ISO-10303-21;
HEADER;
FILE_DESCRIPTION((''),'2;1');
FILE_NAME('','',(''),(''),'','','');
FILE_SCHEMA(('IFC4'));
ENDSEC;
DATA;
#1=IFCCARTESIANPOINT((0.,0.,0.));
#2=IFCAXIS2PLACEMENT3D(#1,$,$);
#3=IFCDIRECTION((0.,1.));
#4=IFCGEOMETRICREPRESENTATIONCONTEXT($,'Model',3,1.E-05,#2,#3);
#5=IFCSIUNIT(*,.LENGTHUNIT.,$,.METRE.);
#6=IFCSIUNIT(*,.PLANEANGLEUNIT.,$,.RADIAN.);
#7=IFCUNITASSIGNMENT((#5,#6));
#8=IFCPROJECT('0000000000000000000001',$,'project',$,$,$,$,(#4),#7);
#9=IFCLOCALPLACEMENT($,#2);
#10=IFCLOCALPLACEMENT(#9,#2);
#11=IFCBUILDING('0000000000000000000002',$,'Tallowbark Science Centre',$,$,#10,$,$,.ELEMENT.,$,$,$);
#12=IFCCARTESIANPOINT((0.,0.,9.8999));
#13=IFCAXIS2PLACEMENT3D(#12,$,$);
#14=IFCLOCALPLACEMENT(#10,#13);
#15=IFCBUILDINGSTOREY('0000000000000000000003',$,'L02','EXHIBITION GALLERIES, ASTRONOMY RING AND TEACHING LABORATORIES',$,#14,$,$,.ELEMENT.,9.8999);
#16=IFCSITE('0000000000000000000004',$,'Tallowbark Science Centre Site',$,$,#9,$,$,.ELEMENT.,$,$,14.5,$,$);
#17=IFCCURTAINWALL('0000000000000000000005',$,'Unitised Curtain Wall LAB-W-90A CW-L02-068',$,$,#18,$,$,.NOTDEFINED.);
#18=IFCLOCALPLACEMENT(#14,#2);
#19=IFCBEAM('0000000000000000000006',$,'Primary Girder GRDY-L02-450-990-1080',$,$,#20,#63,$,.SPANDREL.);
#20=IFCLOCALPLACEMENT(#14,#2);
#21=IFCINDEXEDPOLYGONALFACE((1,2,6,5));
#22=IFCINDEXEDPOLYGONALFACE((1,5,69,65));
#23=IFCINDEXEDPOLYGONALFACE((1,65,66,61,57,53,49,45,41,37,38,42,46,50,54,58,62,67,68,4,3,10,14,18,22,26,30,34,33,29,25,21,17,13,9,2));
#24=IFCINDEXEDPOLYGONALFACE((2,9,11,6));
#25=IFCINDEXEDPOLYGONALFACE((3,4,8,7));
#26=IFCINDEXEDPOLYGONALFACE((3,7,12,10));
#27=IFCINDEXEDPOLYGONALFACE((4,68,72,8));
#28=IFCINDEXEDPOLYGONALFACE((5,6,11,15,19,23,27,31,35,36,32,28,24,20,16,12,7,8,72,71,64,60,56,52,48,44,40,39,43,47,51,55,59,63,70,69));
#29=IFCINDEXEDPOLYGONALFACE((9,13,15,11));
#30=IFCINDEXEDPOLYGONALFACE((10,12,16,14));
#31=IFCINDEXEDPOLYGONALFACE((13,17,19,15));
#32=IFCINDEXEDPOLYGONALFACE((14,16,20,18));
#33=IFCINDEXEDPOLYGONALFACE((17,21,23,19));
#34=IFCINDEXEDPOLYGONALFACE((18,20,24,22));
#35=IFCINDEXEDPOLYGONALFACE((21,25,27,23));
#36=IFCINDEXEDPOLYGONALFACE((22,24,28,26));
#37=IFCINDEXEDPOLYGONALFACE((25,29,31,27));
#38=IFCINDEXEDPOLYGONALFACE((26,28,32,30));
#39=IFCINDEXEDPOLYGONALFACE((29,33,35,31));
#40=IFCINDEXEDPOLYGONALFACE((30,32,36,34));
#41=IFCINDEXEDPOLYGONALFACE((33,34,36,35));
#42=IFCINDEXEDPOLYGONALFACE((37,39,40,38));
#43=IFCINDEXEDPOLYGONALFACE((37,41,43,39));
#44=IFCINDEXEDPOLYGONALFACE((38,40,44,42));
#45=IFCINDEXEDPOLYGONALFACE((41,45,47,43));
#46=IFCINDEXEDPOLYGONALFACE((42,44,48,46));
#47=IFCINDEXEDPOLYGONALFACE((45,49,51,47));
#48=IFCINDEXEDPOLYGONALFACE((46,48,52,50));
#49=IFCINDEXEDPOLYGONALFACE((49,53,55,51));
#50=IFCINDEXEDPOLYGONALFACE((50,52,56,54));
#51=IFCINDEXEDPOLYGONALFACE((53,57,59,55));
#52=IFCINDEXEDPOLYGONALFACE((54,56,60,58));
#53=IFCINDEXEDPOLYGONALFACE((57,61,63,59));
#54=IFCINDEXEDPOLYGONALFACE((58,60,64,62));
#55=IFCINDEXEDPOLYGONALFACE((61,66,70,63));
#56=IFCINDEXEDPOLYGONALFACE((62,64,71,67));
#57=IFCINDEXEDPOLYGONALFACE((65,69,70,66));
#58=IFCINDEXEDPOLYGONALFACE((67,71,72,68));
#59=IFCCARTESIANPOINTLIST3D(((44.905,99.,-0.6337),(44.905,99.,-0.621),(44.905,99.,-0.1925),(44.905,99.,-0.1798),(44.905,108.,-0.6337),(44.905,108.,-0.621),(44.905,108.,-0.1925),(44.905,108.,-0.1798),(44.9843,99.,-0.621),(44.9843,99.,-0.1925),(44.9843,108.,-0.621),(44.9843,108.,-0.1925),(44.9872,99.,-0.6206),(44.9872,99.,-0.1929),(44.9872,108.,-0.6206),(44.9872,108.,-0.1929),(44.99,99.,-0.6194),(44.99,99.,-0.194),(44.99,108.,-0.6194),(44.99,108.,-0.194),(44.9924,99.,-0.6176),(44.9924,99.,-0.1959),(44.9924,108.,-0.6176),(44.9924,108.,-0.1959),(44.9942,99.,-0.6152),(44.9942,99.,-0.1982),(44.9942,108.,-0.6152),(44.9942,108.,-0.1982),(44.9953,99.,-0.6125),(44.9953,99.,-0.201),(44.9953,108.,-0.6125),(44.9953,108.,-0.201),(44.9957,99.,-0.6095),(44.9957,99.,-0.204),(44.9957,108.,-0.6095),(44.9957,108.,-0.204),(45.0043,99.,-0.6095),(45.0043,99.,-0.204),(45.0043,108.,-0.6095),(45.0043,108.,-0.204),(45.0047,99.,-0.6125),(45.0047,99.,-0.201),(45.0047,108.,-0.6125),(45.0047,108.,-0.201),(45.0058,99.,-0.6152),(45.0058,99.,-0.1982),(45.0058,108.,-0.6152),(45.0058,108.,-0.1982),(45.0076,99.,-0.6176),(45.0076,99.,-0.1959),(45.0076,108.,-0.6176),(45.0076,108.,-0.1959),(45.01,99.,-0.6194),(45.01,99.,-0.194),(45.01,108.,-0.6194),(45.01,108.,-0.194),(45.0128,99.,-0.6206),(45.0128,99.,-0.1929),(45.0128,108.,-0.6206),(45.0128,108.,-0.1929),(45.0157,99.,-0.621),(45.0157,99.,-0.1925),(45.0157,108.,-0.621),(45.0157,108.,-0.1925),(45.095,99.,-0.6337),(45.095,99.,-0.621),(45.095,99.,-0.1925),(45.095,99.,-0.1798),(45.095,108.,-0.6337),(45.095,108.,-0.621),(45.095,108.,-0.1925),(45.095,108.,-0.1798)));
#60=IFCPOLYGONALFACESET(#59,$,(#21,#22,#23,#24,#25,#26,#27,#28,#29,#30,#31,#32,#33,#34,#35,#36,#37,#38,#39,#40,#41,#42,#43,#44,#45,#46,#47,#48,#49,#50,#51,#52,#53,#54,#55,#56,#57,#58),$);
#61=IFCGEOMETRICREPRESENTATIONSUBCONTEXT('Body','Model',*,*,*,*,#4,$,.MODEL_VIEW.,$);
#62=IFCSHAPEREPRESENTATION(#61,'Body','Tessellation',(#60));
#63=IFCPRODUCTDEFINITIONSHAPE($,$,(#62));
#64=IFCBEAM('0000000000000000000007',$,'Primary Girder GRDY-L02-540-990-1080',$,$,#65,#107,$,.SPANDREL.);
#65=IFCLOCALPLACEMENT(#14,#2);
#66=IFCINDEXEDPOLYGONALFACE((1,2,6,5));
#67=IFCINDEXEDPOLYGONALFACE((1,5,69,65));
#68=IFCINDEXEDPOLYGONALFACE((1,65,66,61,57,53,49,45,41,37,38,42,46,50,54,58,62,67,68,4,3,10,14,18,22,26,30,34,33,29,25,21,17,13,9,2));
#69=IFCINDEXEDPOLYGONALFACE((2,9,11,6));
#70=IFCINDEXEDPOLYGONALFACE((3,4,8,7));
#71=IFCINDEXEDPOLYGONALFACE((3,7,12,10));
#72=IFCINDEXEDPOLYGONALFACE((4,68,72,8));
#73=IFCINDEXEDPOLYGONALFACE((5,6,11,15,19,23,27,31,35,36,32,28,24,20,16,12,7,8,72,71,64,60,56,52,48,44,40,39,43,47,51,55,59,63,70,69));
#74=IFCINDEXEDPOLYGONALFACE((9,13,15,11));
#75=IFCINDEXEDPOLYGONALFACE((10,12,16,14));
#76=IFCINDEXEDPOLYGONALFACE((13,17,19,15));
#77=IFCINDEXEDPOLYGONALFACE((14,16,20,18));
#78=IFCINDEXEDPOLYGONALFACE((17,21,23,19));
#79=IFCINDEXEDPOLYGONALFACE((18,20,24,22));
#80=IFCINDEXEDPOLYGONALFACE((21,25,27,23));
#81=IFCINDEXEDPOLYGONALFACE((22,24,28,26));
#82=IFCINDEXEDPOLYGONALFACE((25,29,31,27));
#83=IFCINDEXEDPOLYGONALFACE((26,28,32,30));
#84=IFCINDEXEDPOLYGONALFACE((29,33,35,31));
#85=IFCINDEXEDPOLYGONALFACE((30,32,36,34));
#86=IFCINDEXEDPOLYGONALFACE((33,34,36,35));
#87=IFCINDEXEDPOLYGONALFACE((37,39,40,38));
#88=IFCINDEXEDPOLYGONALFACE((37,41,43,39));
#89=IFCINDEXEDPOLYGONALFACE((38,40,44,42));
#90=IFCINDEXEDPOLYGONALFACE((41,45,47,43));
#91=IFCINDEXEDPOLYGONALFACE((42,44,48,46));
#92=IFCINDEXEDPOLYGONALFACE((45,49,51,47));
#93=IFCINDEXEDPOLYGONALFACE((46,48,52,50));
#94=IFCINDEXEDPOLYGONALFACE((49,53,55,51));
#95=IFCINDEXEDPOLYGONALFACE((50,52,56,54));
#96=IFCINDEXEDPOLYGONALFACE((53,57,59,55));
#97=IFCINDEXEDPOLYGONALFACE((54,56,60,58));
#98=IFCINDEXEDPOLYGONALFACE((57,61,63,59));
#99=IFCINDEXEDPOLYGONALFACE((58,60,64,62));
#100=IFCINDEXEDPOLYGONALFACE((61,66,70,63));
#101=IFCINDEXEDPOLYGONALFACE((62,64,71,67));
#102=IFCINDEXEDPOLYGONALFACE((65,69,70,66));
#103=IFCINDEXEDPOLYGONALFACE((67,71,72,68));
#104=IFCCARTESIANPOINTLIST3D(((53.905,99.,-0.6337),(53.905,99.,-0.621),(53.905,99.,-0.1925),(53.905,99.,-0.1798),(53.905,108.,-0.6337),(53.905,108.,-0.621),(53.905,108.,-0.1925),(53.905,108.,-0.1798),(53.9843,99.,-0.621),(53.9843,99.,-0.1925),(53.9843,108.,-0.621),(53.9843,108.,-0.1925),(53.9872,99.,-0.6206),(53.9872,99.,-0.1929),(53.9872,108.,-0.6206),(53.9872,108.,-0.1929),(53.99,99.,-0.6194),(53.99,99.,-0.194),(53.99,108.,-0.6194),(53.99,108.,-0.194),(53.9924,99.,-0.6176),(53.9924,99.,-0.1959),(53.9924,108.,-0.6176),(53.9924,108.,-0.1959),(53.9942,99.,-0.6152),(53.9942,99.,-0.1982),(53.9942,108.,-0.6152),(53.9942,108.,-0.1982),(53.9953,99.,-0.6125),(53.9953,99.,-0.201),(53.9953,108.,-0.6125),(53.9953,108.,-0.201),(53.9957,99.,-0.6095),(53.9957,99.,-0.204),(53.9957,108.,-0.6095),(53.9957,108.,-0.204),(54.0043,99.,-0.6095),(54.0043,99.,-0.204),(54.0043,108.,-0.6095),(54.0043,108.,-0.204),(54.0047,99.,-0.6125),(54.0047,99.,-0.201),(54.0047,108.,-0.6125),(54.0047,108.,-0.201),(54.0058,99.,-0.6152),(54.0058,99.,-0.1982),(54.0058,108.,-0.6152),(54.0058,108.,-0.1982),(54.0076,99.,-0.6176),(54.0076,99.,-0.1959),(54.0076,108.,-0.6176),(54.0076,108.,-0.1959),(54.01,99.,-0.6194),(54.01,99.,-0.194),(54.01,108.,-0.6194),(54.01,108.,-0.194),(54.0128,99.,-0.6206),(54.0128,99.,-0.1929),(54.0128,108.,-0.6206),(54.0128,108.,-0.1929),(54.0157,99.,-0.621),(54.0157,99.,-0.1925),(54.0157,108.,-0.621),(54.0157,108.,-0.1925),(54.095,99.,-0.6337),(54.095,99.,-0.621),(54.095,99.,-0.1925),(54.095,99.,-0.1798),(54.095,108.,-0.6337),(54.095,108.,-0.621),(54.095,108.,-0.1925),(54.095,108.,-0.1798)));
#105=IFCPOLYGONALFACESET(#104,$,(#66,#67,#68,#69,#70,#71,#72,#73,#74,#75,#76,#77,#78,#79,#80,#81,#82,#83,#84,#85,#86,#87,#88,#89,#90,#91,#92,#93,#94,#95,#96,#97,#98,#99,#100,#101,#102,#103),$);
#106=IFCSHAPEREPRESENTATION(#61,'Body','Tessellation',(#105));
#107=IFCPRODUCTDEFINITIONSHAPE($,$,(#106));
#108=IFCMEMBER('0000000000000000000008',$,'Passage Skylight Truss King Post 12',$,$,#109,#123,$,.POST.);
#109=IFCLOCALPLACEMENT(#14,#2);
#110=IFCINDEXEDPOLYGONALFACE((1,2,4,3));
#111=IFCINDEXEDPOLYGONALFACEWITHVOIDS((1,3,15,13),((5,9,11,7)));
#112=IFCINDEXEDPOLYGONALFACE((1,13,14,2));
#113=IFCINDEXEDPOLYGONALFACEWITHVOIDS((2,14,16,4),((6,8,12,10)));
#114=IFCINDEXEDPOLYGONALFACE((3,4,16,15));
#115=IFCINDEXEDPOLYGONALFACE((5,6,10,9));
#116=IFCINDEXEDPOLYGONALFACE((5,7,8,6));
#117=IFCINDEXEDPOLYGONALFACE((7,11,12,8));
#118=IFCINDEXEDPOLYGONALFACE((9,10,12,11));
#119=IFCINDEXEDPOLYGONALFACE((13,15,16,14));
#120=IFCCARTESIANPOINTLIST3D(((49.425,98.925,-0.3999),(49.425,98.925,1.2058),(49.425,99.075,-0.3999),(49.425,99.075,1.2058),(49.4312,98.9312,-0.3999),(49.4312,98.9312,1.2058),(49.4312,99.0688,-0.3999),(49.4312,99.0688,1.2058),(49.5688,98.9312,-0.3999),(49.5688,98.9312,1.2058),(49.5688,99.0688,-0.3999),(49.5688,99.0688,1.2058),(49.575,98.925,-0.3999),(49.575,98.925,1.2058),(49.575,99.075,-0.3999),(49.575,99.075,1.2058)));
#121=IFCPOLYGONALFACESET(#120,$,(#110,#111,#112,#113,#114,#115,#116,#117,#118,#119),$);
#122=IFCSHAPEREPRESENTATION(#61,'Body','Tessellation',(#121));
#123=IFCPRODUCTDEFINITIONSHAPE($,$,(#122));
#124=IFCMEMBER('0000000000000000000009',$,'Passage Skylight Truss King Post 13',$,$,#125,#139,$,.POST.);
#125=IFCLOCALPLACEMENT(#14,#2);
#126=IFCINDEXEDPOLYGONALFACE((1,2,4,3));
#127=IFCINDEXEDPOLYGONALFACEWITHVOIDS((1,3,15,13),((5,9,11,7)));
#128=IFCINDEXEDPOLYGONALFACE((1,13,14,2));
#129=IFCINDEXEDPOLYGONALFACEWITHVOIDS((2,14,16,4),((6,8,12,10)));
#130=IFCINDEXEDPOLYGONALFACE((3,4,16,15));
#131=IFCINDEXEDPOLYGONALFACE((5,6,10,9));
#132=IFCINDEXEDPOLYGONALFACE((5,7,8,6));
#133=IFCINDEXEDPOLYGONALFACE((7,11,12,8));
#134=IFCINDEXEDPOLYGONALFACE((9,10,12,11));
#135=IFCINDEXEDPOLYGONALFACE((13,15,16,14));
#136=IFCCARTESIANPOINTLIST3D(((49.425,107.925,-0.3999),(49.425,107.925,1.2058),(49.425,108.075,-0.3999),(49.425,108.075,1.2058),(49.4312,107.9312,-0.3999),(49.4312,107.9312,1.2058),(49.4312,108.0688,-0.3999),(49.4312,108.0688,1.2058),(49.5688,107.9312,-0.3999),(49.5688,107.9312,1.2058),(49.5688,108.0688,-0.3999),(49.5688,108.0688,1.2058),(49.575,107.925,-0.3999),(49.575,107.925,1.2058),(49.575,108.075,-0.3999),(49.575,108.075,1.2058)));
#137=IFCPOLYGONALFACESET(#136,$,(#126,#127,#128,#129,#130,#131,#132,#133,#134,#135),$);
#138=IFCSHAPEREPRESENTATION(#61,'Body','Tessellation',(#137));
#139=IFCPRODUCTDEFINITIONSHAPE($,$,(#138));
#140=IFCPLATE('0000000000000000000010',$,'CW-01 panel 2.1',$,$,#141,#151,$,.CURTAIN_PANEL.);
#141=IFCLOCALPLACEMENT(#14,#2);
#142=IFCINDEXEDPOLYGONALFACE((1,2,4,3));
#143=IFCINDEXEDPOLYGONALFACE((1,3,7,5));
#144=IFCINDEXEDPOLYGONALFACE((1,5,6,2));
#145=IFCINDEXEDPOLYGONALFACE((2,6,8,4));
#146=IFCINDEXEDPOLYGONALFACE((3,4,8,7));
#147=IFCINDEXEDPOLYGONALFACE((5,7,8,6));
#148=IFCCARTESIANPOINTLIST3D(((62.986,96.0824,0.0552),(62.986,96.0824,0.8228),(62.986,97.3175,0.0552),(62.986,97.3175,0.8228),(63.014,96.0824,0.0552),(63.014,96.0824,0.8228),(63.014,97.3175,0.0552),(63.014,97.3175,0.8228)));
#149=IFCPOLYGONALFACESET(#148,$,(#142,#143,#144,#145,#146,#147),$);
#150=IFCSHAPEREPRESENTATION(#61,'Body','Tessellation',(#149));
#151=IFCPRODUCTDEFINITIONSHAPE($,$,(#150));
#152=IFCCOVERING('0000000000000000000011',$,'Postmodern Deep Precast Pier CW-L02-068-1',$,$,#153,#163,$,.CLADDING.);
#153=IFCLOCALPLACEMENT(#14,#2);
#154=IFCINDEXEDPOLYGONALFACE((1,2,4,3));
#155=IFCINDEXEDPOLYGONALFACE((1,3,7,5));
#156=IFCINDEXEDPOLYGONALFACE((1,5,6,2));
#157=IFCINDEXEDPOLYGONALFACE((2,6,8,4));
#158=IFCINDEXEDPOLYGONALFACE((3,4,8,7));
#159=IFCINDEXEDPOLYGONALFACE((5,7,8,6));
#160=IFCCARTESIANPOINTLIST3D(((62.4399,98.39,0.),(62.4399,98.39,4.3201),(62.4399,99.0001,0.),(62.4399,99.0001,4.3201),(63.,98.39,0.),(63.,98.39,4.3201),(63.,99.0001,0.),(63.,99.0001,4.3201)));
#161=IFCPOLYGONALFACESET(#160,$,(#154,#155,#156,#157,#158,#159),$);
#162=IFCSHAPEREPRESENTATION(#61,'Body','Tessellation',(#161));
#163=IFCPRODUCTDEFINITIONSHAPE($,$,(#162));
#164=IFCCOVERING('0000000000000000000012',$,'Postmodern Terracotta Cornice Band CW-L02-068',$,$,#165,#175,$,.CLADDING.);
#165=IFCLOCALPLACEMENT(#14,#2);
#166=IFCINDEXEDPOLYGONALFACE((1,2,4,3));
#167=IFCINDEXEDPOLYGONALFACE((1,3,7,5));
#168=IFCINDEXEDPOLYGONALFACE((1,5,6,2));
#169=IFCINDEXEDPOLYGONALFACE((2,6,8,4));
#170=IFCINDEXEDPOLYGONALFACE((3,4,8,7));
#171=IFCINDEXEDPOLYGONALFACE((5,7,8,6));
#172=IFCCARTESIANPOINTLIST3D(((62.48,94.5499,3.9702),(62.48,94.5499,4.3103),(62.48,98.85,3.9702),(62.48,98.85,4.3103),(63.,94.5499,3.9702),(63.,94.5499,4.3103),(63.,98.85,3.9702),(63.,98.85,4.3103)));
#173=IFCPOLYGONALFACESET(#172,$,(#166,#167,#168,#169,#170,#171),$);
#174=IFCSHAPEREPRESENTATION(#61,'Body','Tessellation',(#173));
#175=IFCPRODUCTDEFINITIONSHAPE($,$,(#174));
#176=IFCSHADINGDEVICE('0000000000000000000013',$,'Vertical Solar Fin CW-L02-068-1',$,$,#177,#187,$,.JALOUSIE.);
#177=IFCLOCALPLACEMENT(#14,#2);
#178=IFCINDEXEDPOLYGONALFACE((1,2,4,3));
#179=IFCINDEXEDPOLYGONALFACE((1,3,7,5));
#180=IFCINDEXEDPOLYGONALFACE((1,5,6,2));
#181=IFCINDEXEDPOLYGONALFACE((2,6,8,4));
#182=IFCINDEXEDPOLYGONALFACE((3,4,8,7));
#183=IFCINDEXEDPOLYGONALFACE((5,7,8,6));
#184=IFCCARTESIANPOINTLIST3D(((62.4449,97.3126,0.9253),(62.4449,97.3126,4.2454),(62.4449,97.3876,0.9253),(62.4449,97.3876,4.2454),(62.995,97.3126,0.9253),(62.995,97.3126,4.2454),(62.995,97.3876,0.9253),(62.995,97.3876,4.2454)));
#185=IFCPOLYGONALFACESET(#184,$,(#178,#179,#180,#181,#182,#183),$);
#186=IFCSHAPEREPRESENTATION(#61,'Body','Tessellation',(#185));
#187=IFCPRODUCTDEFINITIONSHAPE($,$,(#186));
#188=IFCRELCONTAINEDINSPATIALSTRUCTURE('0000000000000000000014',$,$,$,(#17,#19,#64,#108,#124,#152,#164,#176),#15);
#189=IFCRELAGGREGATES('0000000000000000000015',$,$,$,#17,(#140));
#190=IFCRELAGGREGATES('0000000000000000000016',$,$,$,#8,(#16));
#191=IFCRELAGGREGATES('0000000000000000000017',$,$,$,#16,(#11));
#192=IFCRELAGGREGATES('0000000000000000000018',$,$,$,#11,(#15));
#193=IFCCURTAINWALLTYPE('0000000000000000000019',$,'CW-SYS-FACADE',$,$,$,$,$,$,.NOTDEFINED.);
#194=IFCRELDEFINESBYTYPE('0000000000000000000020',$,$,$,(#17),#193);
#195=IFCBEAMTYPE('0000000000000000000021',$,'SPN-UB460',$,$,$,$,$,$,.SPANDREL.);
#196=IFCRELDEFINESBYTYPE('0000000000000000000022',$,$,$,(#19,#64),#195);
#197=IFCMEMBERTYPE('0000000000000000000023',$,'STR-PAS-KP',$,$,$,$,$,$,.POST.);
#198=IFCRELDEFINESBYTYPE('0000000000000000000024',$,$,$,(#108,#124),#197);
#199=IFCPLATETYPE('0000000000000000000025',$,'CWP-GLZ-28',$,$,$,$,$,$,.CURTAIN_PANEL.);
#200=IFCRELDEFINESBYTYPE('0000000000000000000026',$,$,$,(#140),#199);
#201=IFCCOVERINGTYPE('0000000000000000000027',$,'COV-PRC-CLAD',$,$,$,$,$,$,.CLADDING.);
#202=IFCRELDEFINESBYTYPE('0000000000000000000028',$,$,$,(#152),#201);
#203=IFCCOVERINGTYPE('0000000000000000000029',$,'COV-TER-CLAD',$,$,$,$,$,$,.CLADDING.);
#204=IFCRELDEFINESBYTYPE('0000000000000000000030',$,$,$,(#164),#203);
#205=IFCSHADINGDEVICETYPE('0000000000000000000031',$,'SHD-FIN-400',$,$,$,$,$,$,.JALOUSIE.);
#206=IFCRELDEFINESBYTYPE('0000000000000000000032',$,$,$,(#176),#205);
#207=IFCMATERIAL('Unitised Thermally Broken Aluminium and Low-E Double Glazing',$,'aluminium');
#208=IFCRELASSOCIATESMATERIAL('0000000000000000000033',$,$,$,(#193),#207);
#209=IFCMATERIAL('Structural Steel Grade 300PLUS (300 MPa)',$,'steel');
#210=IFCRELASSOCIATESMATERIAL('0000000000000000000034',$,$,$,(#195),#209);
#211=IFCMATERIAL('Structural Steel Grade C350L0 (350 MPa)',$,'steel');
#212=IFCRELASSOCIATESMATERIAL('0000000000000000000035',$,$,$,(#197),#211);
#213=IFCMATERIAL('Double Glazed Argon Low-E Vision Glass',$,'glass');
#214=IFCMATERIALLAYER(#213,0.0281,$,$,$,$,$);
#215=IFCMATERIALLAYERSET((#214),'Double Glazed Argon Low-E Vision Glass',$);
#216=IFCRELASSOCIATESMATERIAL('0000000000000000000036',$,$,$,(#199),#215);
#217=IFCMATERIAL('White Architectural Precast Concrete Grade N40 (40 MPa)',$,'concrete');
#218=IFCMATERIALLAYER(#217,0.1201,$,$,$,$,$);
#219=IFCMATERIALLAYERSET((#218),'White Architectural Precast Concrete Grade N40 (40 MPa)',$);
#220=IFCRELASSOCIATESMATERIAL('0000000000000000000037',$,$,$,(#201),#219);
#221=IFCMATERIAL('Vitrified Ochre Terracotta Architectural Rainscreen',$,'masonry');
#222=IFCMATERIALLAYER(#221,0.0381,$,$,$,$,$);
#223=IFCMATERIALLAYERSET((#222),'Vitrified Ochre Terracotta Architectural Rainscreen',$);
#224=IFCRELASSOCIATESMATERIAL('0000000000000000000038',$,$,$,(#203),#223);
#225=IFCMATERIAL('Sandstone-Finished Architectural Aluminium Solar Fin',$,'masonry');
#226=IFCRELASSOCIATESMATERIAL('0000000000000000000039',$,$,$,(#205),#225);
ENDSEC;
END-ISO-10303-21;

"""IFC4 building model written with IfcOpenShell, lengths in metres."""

from ifc_helpers import new_model, si_unit, direction, frame, origin, origin_2d, place, context, subcontext, project, spatial, rectangle, hollow_rectangle, i_section, extrude, material, layer, layer_set, material_profile, profile_set, type_object, element, aggregate, save


model = new_model("IFC4")

# Units and contexts
model_context = context("Model", 3, precision=1e-05, world=origin(), true_north=direction((0.0, 1.0)))
body_context = subcontext(model_context, "Body", "Model", "MODEL_VIEW")
ifc_project = project(units=[si_unit("LENGTHUNIT", "METRE"), si_unit("PLANEANGLEUNIT", "RADIAN")], contexts=[model_context])

# Site, building, storey
site_placement = place(None, origin())
site = spatial("IfcSite", under=ifc_project, at=site_placement, Name="Tallowbark Science Centre Site", CompositionType="ELEMENT", RefElevation=14.5)
building_placement = place(site_placement, origin())
building = spatial("IfcBuilding", under=site, at=building_placement, Name="Tallowbark Science Centre", CompositionType="ELEMENT")
storey_placement = place(building_placement, frame((0.0, 0.0, 9.8999)))
storey = spatial("IfcBuildingStorey", under=building, at=storey_placement, Name="L02", Description="EXHIBITION GALLERIES, ASTRONOMY RING AND TEACHING LABORATORIES", CompositionType="ELEMENT", Elevation=9.8999)

# Shared definitions
ifc_material_1 = material(Name="Structural Steel Grade 300PLUS (300 MPa)", Category="steel")

# Curtain wall
ifc_material_2 = material(Name="Unitised Thermally Broken Aluminium and Low-E Double Glazing", Category="aluminium")
curtain_wall_type = type_object("IfcCurtainWallType", Name="CW-SYS-FACADE", PredefinedType="NOTDEFINED", material=ifc_material_2)
curtain_wall_placement = place(storey_placement, origin())
curtain_wall = element("IfcCurtainWall", 1, at=curtain_wall_placement, inside=storey, type_object=curtain_wall_type, Name="Unitised Curtain Wall LAB-W-90A CW-L02-068", PredefinedType="NOTDEFINED")

# Shared definitions
ifc_material_3 = material(Name="Structural Steel Grade C350L0 (350 MPa)", Category="steel")

# Beams
ifc_material_profile_1 = material_profile(ifc_material_1, i_section(OverallWidth=0.1899, OverallDepth=0.4539, WebThickness=0.0085, FlangeThickness=0.0127, FilletRadius=0.0115, at=origin_2d()), Name="460UB67.1")
ifc_profile_set_1 = profile_set([ifc_material_profile_1], Name="Structural Steel Grade 300PLUS (300 MPa)")
beam_type_1 = type_object("IfcBeamType", Name="SPN-UB460", PredefinedType="SPANDREL", material=ifc_profile_set_1)
for number, where, z_axis, x_axis, name in (
    (2, (45.0, 99.0, -0.4067), (0.0, 1.0, 0.0), (-1.0, 0.0, 0.0), "Primary Girder GRDY-L02-450-990-1080"),
    (3, (54.0, 99.0, -0.4067), (0.0, 1.0, 0.0), (-1.0, 0.0, 0.0), "Primary Girder GRDY-L02-540-990-1080"),
):
    element("IfcBeam", number, at=place(storey_placement, frame(where, z_axis=z_axis, x_axis=x_axis)), inside=storey, type_object=beam_type_1, Name=name, PredefinedType="SPANDREL", context=body_context, shape_type="SweptSolid", body=[
        extrude(i_section(OverallWidth=0.1899, OverallDepth=0.4539, WebThickness=0.0085, FlangeThickness=0.0127, FilletRadius=0.0115, at=origin_2d()), origin(), (0.0, 0.0, 1.0), 9.0),
    ])

# Members
ifc_material_profile_2 = material_profile(ifc_material_3, hollow_rectangle(XDim=0.1499, YDim=0.1499, WallThickness=0.0061, at=origin_2d()), Name="150x150x6.0SHS")
ifc_profile_set_2 = profile_set([ifc_material_profile_2], Name="Structural Steel Grade C350L0 (350 MPa)")
member_type_1 = type_object("IfcMemberType", Name="STR-PAS-KP", PredefinedType="POST", material=ifc_profile_set_2)
for number, where, z_axis, x_axis, name in (
    (4, (49.5, 99.0, -0.3999), (0.0, 0.0, 1.0), (1.0, 0.0, 0.0), "Passage Skylight Truss King Post 12"),
    (5, (49.5, 108.0, -0.3999), (0.0, 0.0, 1.0), (1.0, 0.0, 0.0), "Passage Skylight Truss King Post 13"),
):
    element("IfcMember", number, at=place(storey_placement, frame(where, z_axis=z_axis, x_axis=x_axis)), inside=storey, type_object=member_type_1, Name=name, PredefinedType="POST", context=body_context, shape_type="SweptSolid", body=[
        extrude(hollow_rectangle(XDim=0.1499, YDim=0.1499, WallThickness=0.0061, at=origin_2d()), origin(), (0.0, 0.0, 1.0), 1.6057),
    ])

# Plate
ifc_material_4 = material(Name="Double Glazed Argon Low-E Vision Glass", Category="glass")
ifc_layer_1 = layer(ifc_material_4, 0.0281)
ifc_layer_set_1 = layer_set([ifc_layer_1], Name="Double Glazed Argon Low-E Vision Glass")
plate_type = type_object("IfcPlateType", Name="CWP-GLZ-28", PredefinedType="CURTAIN_PANEL", material=ifc_layer_set_1)
plate_placement = place(storey_placement, frame((63.0, 96.7, 0.0552), z_axis=(0.0, 0.0, 1.0), x_axis=(0.0, -1.0, 0.0)))
plate = element("IfcPlate", 6, at=plate_placement, type_object=plate_type, Name="CW-01 panel 2.1", PredefinedType="CURTAIN_PANEL", context=body_context, shape_type="SweptSolid", body=[
    extrude(rectangle(XDim=1.2351, YDim=0.0281, at=origin_2d()), origin(), (0.0, 0.0, 1.0), 0.7676),
])
aggregate(curtain_wall, [plate])

# Coverings
ifc_material_5 = material(Name="White Architectural Precast Concrete Grade N40 (40 MPa)", Category="concrete")
ifc_layer_2 = layer(ifc_material_5, 0.1201)
ifc_layer_set_2 = layer_set([ifc_layer_2], Name="White Architectural Precast Concrete Grade N40 (40 MPa)")
covering_type_1 = type_object("IfcCoveringType", Name="COV-PRC-CLAD", PredefinedType="CLADDING", material=ifc_layer_set_2)
covering_1_placement = place(storey_placement, frame((62.72, 98.6951, 0.0), z_axis=(0.0, 0.0, 1.0), x_axis=(0.0, -1.0, 0.0)))
element("IfcCovering", 7, at=covering_1_placement, inside=storey, type_object=covering_type_1, Name="Postmodern Deep Precast Pier CW-L02-068-1", PredefinedType="CLADDING", context=body_context, shape_type="SweptSolid", body=[
    extrude(rectangle(XDim=0.6101, YDim=0.5601, at=origin_2d()), origin(), (0.0, 0.0, 1.0), 4.3201),
])
ifc_material_6 = material(Name="Vitrified Ochre Terracotta Architectural Rainscreen", Category="masonry")
ifc_layer_3 = layer(ifc_material_6, 0.0381)
ifc_layer_set_3 = layer_set([ifc_layer_3], Name="Vitrified Ochre Terracotta Architectural Rainscreen")
covering_type_2 = type_object("IfcCoveringType", Name="COV-TER-CLAD", PredefinedType="CLADDING", material=ifc_layer_set_3)
covering_2_placement = place(storey_placement, frame((62.74, 96.7, 3.9702), z_axis=(0.0, 0.0, 1.0), x_axis=(0.0, -1.0, 0.0)))
element("IfcCovering", 8, at=covering_2_placement, inside=storey, type_object=covering_type_2, Name="Postmodern Terracotta Cornice Band CW-L02-068", PredefinedType="CLADDING", context=body_context, shape_type="SweptSolid", body=[
    extrude(rectangle(XDim=4.3, YDim=0.52, at=origin_2d()), origin(), (0.0, 0.0, 1.0), 0.3401),
])

# Shading device
ifc_material_7 = material(Name="Sandstone-Finished Architectural Aluminium Solar Fin", Category="masonry")
shading_device_type = type_object("IfcShadingDeviceType", Name="SHD-FIN-400", PredefinedType="JALOUSIE", material=ifc_material_7)
for number, where, z_axis, x_axis, name in (
    (9, (62.72, 97.3501, 0.9253), (0.0, 0.0, 1.0), (0.0, -1.0, 0.0), "Vertical Solar Fin CW-L02-068-1"),
):
    element("IfcShadingDevice", number, at=place(storey_placement, frame(where, z_axis=z_axis, x_axis=x_axis)), inside=storey, type_object=shading_device_type, Name=name, PredefinedType="JALOUSIE", context=body_context, shape_type="SweptSolid", body=[
        extrude(rectangle(XDim=0.075, YDim=0.55, at=origin_2d()), origin(), (0.0, 0.0, 1.0), 3.3201),
    ])

save(model, "model.ifc")
